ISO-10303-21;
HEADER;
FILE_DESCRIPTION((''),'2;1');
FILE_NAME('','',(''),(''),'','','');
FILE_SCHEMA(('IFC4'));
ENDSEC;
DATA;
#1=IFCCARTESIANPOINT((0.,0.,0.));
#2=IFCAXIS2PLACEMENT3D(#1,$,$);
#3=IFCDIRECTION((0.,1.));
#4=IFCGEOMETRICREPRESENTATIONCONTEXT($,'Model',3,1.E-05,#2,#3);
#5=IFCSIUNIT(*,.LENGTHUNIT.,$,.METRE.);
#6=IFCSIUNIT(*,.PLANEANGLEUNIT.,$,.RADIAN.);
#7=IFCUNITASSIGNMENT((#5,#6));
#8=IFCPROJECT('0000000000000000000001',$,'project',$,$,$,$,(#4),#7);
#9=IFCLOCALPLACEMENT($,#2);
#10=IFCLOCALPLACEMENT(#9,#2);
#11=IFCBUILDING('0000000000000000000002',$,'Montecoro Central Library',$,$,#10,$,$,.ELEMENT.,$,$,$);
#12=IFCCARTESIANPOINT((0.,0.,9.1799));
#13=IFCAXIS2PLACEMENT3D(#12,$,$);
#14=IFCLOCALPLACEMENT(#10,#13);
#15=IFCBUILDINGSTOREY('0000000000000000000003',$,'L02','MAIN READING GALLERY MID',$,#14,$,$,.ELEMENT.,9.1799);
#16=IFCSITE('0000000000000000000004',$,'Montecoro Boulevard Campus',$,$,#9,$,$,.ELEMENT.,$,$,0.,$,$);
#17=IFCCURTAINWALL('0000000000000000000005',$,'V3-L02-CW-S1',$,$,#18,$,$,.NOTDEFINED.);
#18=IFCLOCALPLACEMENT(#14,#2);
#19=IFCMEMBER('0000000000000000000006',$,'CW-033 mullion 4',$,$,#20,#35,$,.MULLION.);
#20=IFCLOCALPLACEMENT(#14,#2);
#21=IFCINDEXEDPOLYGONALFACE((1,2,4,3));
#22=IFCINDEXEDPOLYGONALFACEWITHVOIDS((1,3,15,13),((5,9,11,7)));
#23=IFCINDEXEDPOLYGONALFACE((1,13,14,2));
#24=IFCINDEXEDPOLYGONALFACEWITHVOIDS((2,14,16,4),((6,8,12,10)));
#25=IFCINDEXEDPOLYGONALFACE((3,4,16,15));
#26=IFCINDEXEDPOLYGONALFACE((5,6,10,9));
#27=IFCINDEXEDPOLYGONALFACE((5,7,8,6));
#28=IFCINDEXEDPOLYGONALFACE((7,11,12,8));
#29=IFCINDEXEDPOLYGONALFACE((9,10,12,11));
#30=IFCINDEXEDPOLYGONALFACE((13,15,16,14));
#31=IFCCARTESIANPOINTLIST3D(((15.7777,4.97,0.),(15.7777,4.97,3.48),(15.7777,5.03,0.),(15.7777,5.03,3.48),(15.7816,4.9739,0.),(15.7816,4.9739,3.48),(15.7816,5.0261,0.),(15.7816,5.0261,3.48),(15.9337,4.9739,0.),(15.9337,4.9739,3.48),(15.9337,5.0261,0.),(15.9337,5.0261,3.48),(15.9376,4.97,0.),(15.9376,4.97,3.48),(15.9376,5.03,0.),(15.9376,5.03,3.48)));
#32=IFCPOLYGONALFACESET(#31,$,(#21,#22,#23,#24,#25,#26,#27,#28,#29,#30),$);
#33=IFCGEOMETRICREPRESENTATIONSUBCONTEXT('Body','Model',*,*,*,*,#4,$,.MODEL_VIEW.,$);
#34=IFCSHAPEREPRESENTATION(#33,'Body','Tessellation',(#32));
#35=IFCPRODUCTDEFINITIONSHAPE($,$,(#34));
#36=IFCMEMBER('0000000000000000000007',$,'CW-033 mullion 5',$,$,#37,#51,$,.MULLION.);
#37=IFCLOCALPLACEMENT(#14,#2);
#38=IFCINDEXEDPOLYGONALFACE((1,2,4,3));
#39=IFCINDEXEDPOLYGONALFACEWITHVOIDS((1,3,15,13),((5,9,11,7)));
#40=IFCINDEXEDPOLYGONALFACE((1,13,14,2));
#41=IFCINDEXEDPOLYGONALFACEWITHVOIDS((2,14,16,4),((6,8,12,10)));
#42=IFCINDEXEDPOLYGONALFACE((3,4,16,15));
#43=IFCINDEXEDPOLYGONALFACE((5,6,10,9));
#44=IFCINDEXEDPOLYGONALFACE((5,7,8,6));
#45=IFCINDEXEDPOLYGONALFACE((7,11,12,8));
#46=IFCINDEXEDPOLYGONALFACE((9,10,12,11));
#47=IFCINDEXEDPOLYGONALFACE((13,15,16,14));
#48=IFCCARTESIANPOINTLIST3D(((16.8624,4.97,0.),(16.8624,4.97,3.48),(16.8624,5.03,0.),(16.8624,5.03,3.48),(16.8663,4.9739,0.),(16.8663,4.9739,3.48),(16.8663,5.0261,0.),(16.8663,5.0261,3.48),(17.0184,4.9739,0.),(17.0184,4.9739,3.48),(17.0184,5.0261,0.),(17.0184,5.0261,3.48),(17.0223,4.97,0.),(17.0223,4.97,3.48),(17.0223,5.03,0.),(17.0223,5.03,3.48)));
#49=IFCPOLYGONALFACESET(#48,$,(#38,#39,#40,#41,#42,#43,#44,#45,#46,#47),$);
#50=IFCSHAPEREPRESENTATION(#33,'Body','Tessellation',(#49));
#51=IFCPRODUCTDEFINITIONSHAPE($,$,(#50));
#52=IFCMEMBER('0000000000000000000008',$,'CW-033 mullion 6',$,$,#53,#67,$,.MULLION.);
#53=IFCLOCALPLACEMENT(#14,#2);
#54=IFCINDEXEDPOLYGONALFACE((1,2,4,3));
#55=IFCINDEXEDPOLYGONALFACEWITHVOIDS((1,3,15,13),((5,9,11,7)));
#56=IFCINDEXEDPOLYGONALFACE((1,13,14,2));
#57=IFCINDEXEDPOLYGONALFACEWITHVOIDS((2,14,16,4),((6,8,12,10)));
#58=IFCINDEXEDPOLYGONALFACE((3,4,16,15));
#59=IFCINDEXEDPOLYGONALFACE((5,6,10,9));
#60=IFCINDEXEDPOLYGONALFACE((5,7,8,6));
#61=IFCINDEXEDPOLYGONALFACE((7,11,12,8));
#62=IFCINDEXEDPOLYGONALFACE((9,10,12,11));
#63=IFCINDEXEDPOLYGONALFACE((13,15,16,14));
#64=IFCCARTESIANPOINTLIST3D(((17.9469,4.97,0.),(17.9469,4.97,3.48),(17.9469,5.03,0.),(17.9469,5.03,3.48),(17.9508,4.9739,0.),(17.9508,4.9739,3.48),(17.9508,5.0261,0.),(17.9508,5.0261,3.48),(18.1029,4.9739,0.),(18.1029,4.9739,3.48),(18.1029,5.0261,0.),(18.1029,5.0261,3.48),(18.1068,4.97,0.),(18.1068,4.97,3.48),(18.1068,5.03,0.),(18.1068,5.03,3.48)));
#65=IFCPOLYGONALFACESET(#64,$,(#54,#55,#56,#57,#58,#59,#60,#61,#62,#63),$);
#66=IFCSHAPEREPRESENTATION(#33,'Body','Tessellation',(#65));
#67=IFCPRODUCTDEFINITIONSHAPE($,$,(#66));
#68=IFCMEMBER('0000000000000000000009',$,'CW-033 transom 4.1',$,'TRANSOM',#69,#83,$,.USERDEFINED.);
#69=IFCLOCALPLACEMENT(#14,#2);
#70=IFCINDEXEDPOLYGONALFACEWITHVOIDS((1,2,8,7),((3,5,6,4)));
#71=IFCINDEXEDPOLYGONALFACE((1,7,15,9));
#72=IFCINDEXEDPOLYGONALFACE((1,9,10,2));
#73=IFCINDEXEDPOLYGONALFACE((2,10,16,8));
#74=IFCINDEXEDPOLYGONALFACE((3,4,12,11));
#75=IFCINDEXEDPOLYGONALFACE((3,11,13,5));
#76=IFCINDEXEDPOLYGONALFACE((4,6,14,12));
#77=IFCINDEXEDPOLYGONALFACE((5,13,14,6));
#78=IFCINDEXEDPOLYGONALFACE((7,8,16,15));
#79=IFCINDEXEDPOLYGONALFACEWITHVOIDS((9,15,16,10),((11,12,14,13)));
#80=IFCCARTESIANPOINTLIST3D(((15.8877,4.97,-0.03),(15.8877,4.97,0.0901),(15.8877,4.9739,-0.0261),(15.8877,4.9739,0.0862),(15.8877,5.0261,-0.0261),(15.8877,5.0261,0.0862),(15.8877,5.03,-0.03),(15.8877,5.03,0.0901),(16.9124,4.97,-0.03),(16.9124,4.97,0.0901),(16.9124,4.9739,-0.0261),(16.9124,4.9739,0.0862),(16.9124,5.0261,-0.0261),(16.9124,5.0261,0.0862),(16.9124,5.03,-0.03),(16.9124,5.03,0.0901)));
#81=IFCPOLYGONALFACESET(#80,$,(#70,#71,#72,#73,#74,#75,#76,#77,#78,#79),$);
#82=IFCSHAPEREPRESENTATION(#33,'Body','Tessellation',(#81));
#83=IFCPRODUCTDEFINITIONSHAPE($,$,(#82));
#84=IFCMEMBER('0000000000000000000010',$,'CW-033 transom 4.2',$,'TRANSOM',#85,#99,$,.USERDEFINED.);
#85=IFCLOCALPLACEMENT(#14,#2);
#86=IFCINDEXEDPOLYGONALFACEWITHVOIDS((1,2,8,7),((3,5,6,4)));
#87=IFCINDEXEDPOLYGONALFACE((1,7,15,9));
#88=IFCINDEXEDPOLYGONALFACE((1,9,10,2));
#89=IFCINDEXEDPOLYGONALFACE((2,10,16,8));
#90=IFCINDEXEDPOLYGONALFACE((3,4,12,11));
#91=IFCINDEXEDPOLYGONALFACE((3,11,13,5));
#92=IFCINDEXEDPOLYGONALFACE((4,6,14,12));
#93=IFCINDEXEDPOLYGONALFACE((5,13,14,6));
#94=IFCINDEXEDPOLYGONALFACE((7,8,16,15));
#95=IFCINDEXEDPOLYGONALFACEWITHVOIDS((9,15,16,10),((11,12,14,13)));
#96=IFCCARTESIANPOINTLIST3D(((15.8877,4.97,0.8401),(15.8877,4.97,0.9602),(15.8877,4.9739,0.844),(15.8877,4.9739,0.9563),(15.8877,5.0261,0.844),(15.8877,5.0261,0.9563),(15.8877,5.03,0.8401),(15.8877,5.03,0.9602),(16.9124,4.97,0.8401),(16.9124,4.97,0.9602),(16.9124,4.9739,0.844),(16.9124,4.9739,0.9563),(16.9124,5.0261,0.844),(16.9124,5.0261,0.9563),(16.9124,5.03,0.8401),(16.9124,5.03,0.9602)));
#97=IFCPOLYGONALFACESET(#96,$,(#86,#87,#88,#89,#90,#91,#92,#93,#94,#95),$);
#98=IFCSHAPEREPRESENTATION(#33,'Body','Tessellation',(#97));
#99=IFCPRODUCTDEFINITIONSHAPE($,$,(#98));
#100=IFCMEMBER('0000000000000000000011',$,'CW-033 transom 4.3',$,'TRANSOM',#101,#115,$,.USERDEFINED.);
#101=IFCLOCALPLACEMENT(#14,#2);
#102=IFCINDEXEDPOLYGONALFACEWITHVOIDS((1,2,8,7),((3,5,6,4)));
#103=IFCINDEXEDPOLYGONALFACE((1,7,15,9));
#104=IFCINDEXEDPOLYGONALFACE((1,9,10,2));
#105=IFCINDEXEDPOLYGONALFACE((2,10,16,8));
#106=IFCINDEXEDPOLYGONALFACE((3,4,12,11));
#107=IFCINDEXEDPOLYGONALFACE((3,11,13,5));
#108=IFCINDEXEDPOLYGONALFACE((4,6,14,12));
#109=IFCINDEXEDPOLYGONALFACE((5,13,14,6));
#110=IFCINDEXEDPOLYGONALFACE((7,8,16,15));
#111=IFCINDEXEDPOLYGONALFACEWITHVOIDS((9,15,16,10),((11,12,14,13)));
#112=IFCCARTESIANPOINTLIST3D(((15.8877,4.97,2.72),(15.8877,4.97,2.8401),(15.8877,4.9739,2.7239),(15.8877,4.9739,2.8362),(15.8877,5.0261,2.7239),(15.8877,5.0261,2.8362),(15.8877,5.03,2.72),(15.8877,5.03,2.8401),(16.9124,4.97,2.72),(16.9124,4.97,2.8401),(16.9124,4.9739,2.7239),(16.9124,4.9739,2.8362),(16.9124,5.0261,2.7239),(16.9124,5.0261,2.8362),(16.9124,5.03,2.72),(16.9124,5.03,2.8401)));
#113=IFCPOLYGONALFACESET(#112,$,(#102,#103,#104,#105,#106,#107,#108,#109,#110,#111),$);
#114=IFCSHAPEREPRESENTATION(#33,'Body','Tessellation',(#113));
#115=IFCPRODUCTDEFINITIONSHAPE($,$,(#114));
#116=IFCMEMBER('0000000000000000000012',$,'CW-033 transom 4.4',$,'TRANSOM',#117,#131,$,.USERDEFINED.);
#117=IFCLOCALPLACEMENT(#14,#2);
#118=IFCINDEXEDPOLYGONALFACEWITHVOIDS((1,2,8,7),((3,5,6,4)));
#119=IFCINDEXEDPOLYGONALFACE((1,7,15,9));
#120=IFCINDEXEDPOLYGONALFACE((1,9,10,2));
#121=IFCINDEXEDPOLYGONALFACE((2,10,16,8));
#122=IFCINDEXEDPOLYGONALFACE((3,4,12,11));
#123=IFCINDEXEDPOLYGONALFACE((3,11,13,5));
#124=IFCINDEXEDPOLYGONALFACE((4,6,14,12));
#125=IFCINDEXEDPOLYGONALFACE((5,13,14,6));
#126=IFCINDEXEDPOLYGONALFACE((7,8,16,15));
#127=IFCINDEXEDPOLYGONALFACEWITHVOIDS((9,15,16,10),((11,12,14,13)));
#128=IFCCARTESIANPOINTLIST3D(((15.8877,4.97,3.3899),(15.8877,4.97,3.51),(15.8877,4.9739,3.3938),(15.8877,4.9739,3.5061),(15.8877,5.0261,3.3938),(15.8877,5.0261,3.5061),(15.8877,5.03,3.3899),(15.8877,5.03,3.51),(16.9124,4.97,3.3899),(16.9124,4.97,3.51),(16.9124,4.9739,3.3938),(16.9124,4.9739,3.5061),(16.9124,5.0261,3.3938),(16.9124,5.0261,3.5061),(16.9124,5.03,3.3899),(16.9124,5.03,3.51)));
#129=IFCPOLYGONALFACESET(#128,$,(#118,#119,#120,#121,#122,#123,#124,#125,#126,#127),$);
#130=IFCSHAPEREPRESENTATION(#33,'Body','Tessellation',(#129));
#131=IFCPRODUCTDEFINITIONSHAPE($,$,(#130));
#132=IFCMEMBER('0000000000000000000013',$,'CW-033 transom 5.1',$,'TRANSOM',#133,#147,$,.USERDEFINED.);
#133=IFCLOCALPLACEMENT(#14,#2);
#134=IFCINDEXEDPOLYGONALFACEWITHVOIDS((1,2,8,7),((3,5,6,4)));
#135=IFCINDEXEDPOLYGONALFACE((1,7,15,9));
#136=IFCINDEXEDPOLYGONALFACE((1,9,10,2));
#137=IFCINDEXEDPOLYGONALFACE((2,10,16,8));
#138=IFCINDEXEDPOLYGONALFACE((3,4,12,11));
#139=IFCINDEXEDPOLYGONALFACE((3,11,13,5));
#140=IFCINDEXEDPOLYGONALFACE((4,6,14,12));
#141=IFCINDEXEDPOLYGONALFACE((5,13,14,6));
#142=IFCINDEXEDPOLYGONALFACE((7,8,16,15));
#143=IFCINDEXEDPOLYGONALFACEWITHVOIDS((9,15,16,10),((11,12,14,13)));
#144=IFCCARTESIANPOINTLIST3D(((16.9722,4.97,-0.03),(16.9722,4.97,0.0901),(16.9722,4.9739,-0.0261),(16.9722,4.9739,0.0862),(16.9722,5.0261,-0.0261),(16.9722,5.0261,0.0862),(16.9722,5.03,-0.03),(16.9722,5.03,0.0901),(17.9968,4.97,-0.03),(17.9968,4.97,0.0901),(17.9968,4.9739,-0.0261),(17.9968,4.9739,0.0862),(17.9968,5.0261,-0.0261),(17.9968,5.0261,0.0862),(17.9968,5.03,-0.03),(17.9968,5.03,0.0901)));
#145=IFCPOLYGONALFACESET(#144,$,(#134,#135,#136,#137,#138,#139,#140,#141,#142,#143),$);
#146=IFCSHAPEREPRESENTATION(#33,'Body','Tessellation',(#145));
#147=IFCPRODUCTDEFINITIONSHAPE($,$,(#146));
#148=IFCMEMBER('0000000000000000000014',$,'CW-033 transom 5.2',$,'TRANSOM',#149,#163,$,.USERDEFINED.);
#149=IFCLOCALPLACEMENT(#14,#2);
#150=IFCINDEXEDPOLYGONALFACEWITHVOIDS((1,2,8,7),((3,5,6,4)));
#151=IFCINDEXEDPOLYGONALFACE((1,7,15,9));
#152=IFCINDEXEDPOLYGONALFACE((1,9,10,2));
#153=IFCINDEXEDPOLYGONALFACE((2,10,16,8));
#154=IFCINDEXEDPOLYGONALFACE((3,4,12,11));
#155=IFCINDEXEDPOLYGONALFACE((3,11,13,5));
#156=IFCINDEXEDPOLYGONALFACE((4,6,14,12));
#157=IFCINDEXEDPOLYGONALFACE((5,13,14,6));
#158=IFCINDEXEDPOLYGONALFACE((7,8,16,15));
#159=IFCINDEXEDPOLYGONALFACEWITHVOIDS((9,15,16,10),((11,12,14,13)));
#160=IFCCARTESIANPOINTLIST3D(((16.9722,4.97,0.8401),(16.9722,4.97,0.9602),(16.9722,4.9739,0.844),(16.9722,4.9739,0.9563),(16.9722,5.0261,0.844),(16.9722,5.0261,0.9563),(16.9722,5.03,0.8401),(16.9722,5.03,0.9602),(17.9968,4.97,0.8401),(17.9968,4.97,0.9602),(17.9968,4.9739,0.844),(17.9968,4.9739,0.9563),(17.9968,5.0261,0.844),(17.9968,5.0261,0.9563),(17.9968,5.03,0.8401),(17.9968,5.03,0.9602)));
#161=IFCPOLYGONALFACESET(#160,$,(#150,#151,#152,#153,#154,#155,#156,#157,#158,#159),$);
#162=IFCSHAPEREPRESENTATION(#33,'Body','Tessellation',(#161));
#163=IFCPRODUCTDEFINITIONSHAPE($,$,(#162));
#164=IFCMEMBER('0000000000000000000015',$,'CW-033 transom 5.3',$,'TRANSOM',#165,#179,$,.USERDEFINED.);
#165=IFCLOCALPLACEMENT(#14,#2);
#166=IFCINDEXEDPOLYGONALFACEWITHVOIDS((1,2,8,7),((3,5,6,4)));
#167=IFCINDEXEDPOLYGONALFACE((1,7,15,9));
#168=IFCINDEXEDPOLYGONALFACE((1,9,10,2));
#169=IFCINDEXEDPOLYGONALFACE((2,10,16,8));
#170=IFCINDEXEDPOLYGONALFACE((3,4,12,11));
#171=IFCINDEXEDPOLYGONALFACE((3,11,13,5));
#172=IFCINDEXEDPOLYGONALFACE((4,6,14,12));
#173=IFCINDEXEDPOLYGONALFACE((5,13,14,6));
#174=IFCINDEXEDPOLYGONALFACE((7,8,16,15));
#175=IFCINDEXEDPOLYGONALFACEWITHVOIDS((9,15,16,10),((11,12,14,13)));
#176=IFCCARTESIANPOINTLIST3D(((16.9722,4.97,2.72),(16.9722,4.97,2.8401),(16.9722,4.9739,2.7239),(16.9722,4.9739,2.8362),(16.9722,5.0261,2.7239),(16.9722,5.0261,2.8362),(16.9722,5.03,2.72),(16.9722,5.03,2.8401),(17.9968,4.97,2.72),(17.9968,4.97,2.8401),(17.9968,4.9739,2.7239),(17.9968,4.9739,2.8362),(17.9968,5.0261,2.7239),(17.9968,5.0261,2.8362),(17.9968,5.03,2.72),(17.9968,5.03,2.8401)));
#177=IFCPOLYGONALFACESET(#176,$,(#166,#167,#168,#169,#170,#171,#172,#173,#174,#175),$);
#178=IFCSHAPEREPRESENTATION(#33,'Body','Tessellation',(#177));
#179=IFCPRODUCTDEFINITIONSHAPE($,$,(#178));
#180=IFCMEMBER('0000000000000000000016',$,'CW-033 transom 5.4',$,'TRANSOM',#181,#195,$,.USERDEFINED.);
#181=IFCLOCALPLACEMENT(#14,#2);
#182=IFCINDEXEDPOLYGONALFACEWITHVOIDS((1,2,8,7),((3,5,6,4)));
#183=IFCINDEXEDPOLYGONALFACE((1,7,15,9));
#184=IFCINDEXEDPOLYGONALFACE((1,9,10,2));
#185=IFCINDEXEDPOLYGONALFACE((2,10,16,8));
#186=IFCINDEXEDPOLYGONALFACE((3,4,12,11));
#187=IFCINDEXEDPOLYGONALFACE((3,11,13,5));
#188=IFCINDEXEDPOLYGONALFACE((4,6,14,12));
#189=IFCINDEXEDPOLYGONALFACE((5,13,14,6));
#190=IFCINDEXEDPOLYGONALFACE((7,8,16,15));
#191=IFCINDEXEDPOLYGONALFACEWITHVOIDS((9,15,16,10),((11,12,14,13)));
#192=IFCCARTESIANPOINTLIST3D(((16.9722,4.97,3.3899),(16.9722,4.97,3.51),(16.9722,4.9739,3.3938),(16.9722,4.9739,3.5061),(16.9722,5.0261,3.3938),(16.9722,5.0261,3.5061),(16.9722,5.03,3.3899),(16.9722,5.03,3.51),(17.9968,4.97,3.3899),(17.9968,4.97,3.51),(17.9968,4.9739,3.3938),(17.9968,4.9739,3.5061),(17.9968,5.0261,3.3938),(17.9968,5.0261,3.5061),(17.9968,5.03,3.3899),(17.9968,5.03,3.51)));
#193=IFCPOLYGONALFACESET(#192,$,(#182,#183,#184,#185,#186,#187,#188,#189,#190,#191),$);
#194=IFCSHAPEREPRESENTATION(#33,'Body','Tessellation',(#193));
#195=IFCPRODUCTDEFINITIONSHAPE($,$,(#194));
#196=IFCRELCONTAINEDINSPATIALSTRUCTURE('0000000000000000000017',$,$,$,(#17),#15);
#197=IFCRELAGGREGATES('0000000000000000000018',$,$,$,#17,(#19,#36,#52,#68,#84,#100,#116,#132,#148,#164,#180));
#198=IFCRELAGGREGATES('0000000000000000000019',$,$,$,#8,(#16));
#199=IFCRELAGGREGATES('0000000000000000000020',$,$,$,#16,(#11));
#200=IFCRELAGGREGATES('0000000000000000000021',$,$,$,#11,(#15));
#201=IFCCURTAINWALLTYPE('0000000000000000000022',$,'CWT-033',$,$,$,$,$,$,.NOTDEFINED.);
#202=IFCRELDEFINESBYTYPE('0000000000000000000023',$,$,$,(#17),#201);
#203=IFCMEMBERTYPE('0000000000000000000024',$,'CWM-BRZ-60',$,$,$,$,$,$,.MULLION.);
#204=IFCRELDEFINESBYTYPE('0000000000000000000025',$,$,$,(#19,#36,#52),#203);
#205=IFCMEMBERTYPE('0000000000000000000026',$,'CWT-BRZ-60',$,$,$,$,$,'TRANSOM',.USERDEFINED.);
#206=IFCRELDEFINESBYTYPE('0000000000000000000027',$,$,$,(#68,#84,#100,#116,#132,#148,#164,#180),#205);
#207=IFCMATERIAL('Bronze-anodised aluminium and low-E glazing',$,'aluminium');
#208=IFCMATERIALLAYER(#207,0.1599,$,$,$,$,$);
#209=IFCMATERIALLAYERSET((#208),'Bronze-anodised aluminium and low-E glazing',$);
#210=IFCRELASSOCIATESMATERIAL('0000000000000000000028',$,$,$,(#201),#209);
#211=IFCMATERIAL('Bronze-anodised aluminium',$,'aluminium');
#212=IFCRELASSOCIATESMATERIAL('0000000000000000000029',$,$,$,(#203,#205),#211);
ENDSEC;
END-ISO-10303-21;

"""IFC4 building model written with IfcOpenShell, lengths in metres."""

from ifc_helpers import new_model, si_unit, direction, frame, origin, origin_2d, place, context, subcontext, project, spatial, hollow_rectangle, extrude, material, layer, layer_set, material_profile, profile_set, type_object, element, aggregate, save


model = new_model("IFC4")

# Units and contexts
model_context = context("Model", 3, precision=1e-05, world=origin(), true_north=direction((0.0, 1.0)))
body_context = subcontext(model_context, "Body", "Model", "MODEL_VIEW")
ifc_project = project(units=[si_unit("LENGTHUNIT", "METRE"), si_unit("PLANEANGLEUNIT", "RADIAN")], contexts=[model_context])

# Site, building, storey
site_placement = place(None, origin())
site = spatial("IfcSite", under=ifc_project, at=site_placement, Name="Montecoro Boulevard Campus", CompositionType="ELEMENT", RefElevation=0.0)
building_placement = place(site_placement, origin())
building = spatial("IfcBuilding", under=site, at=building_placement, Name="Montecoro Central Library", CompositionType="ELEMENT")
storey_placement = place(building_placement, frame((0.0, 0.0, 9.1799)))
storey = spatial("IfcBuildingStorey", under=building, at=storey_placement, Name="L02", Description="MAIN READING GALLERY MID", CompositionType="ELEMENT", Elevation=9.1799)

# Curtain wall, members
ifc_material_1 = material(Name="Bronze-anodised aluminium and low-E glazing", Category="aluminium")
ifc_layer_1 = layer(ifc_material_1, 0.1599)
ifc_layer_set_1 = layer_set([ifc_layer_1], Name="Bronze-anodised aluminium and low-E glazing")
curtain_wall_type = type_object("IfcCurtainWallType", Name="CWT-033", PredefinedType="NOTDEFINED", material=ifc_layer_set_1)
curtain_wall_placement = place(storey_placement, origin())
curtain_wall = element("IfcCurtainWall", 1, at=curtain_wall_placement, inside=storey, type_object=curtain_wall_type, Name="V3-L02-CW-S1", PredefinedType="NOTDEFINED")
ifc_material_2 = material(Name="Bronze-anodised aluminium", Category="aluminium")
ifc_material_profile_1 = material_profile(ifc_material_2, hollow_rectangle(XDim=0.0601, YDim=0.1599, WallThickness=0.0039, at=origin_2d()), Name="CWM 160x60x4.0")
ifc_profile_set_1 = profile_set([ifc_material_profile_1], Name="Bronze-anodised aluminium")
member_type_1 = type_object("IfcMemberType", Name="CWM-BRZ-60", PredefinedType="MULLION", material=ifc_profile_set_1)
member_1_placement = place(storey_placement, frame((15.8577, 5.0, 0.0), z_axis=(0.0, 0.0, 1.0), x_axis=(0.0, 1.0, 0.0)))
member_1 = element("IfcMember", 2, at=member_1_placement, type_object=member_type_1, Name="CW-033 mullion 4", PredefinedType="MULLION", context=body_context, shape_type="SweptSolid", body=[
    extrude(hollow_rectangle(XDim=0.0601, YDim=0.1599, WallThickness=0.0039, at=origin_2d()), origin(), (0.0, 0.0, 1.0), 3.48),
])
member_2_placement = place(storey_placement, frame((16.9424, 5.0, 0.0), z_axis=(0.0, 0.0, 1.0), x_axis=(0.0, 1.0, 0.0)))
member_2 = element("IfcMember", 3, at=member_2_placement, type_object=member_type_1, Name="CW-033 mullion 5", PredefinedType="MULLION", context=body_context, shape_type="SweptSolid", body=[
    extrude(hollow_rectangle(XDim=0.0601, YDim=0.1599, WallThickness=0.0039, at=origin_2d()), origin(), (0.0, 0.0, 1.0), 3.48),
])
member_3_placement = place(storey_placement, frame((18.0269, 5.0, 0.0), z_axis=(0.0, 0.0, 1.0), x_axis=(0.0, 1.0, 0.0)))
member_3 = element("IfcMember", 4, at=member_3_placement, type_object=member_type_1, Name="CW-033 mullion 6", PredefinedType="MULLION", context=body_context, shape_type="SweptSolid", body=[
    extrude(hollow_rectangle(XDim=0.0601, YDim=0.1599, WallThickness=0.0039, at=origin_2d()), origin(), (0.0, 0.0, 1.0), 3.48),
])
ifc_material_profile_2 = material_profile(ifc_material_2, hollow_rectangle(XDim=0.0601, YDim=0.1201, WallThickness=0.0039, at=origin_2d()), Name="CWT 120x60x4.0")
ifc_profile_set_2 = profile_set([ifc_material_profile_2], Name="Bronze-anodised aluminium")
member_type_2 = type_object("IfcMemberType", Name="CWT-BRZ-60", ElementType="TRANSOM", PredefinedType="USERDEFINED", material=ifc_profile_set_2)
member_4_placement = place(storey_placement, frame((15.8877, 5.0, 0.03), z_axis=(1.0, 0.0, 0.0), x_axis=(0.0, 1.0, 0.0)))
member_4 = element("IfcMember", 5, at=member_4_placement, type_object=member_type_2, Name="CW-033 transom 4.1", ObjectType="TRANSOM", PredefinedType="USERDEFINED", context=body_context, shape_type="SweptSolid", body=[
    extrude(hollow_rectangle(XDim=0.0601, YDim=0.1201, WallThickness=0.0039, at=origin_2d()), origin(), (0.0, 0.0, 1.0), 1.0247),
])
member_5_placement = place(storey_placement, frame((15.8877, 5.0, 0.9001), z_axis=(1.0, 0.0, 0.0), x_axis=(0.0, 1.0, 0.0)))
member_5 = element("IfcMember", 6, at=member_5_placement, type_object=member_type_2, Name="CW-033 transom 4.2", ObjectType="TRANSOM", PredefinedType="USERDEFINED", context=body_context, shape_type="SweptSolid", body=[
    extrude(hollow_rectangle(XDim=0.0601, YDim=0.1201, WallThickness=0.0039, at=origin_2d()), origin(), (0.0, 0.0, 1.0), 1.0247),
])
member_6_placement = place(storey_placement, frame((15.8877, 5.0, 2.78), z_axis=(1.0, 0.0, 0.0), x_axis=(0.0, 1.0, 0.0)))
member_6 = element("IfcMember", 7, at=member_6_placement, type_object=member_type_2, Name="CW-033 transom 4.3", ObjectType="TRANSOM", PredefinedType="USERDEFINED", context=body_context, shape_type="SweptSolid", body=[
    extrude(hollow_rectangle(XDim=0.0601, YDim=0.1201, WallThickness=0.0039, at=origin_2d()), origin(), (0.0, 0.0, 1.0), 1.0247),
])
member_7_placement = place(storey_placement, frame((15.8877, 5.0, 3.45), z_axis=(1.0, 0.0, 0.0), x_axis=(0.0, 1.0, 0.0)))
member_7 = element("IfcMember", 8, at=member_7_placement, type_object=member_type_2, Name="CW-033 transom 4.4", ObjectType="TRANSOM", PredefinedType="USERDEFINED", context=body_context, shape_type="SweptSolid", body=[
    extrude(hollow_rectangle(XDim=0.0601, YDim=0.1201, WallThickness=0.0039, at=origin_2d()), origin(), (0.0, 0.0, 1.0), 1.0247),
])
member_8_placement = place(storey_placement, frame((16.9722, 5.0, 0.03), z_axis=(1.0, 0.0, 0.0), x_axis=(0.0, 1.0, 0.0)))
member_8 = element("IfcMember", 9, at=member_8_placement, type_object=member_type_2, Name="CW-033 transom 5.1", ObjectType="TRANSOM", PredefinedType="USERDEFINED", context=body_context, shape_type="SweptSolid", body=[
    extrude(hollow_rectangle(XDim=0.0601, YDim=0.1201, WallThickness=0.0039, at=origin_2d()), origin(), (0.0, 0.0, 1.0), 1.0247),
])
member_9_placement = place(storey_placement, frame((16.9722, 5.0, 0.9001), z_axis=(1.0, 0.0, 0.0), x_axis=(0.0, 1.0, 0.0)))
member_9 = element("IfcMember", 10, at=member_9_placement, type_object=member_type_2, Name="CW-033 transom 5.2", ObjectType="TRANSOM", PredefinedType="USERDEFINED", context=body_context, shape_type="SweptSolid", body=[
    extrude(hollow_rectangle(XDim=0.0601, YDim=0.1201, WallThickness=0.0039, at=origin_2d()), origin(), (0.0, 0.0, 1.0), 1.0247),
])
member_10_placement = place(storey_placement, frame((16.9722, 5.0, 2.78), z_axis=(1.0, 0.0, 0.0), x_axis=(0.0, 1.0, 0.0)))
member_10 = element("IfcMember", 11, at=member_10_placement, type_object=member_type_2, Name="CW-033 transom 5.3", ObjectType="TRANSOM", PredefinedType="USERDEFINED", context=body_context, shape_type="SweptSolid", body=[
    extrude(hollow_rectangle(XDim=0.0601, YDim=0.1201, WallThickness=0.0039, at=origin_2d()), origin(), (0.0, 0.0, 1.0), 1.0247),
])
member_11_placement = place(storey_placement, frame((16.9722, 5.0, 3.45), z_axis=(1.0, 0.0, 0.0), x_axis=(0.0, 1.0, 0.0)))
member_11 = element("IfcMember", 12, at=member_11_placement, type_object=member_type_2, Name="CW-033 transom 5.4", ObjectType="TRANSOM", PredefinedType="USERDEFINED", context=body_context, shape_type="SweptSolid", body=[
    extrude(hollow_rectangle(XDim=0.0601, YDim=0.1201, WallThickness=0.0039, at=origin_2d()), origin(), (0.0, 0.0, 1.0), 1.0247),
])
aggregate(curtain_wall, [member_1, member_2, member_3, member_4, member_5, member_6, member_7, member_8, member_9, member_10, member_11])

save(model, "model.ifc")
